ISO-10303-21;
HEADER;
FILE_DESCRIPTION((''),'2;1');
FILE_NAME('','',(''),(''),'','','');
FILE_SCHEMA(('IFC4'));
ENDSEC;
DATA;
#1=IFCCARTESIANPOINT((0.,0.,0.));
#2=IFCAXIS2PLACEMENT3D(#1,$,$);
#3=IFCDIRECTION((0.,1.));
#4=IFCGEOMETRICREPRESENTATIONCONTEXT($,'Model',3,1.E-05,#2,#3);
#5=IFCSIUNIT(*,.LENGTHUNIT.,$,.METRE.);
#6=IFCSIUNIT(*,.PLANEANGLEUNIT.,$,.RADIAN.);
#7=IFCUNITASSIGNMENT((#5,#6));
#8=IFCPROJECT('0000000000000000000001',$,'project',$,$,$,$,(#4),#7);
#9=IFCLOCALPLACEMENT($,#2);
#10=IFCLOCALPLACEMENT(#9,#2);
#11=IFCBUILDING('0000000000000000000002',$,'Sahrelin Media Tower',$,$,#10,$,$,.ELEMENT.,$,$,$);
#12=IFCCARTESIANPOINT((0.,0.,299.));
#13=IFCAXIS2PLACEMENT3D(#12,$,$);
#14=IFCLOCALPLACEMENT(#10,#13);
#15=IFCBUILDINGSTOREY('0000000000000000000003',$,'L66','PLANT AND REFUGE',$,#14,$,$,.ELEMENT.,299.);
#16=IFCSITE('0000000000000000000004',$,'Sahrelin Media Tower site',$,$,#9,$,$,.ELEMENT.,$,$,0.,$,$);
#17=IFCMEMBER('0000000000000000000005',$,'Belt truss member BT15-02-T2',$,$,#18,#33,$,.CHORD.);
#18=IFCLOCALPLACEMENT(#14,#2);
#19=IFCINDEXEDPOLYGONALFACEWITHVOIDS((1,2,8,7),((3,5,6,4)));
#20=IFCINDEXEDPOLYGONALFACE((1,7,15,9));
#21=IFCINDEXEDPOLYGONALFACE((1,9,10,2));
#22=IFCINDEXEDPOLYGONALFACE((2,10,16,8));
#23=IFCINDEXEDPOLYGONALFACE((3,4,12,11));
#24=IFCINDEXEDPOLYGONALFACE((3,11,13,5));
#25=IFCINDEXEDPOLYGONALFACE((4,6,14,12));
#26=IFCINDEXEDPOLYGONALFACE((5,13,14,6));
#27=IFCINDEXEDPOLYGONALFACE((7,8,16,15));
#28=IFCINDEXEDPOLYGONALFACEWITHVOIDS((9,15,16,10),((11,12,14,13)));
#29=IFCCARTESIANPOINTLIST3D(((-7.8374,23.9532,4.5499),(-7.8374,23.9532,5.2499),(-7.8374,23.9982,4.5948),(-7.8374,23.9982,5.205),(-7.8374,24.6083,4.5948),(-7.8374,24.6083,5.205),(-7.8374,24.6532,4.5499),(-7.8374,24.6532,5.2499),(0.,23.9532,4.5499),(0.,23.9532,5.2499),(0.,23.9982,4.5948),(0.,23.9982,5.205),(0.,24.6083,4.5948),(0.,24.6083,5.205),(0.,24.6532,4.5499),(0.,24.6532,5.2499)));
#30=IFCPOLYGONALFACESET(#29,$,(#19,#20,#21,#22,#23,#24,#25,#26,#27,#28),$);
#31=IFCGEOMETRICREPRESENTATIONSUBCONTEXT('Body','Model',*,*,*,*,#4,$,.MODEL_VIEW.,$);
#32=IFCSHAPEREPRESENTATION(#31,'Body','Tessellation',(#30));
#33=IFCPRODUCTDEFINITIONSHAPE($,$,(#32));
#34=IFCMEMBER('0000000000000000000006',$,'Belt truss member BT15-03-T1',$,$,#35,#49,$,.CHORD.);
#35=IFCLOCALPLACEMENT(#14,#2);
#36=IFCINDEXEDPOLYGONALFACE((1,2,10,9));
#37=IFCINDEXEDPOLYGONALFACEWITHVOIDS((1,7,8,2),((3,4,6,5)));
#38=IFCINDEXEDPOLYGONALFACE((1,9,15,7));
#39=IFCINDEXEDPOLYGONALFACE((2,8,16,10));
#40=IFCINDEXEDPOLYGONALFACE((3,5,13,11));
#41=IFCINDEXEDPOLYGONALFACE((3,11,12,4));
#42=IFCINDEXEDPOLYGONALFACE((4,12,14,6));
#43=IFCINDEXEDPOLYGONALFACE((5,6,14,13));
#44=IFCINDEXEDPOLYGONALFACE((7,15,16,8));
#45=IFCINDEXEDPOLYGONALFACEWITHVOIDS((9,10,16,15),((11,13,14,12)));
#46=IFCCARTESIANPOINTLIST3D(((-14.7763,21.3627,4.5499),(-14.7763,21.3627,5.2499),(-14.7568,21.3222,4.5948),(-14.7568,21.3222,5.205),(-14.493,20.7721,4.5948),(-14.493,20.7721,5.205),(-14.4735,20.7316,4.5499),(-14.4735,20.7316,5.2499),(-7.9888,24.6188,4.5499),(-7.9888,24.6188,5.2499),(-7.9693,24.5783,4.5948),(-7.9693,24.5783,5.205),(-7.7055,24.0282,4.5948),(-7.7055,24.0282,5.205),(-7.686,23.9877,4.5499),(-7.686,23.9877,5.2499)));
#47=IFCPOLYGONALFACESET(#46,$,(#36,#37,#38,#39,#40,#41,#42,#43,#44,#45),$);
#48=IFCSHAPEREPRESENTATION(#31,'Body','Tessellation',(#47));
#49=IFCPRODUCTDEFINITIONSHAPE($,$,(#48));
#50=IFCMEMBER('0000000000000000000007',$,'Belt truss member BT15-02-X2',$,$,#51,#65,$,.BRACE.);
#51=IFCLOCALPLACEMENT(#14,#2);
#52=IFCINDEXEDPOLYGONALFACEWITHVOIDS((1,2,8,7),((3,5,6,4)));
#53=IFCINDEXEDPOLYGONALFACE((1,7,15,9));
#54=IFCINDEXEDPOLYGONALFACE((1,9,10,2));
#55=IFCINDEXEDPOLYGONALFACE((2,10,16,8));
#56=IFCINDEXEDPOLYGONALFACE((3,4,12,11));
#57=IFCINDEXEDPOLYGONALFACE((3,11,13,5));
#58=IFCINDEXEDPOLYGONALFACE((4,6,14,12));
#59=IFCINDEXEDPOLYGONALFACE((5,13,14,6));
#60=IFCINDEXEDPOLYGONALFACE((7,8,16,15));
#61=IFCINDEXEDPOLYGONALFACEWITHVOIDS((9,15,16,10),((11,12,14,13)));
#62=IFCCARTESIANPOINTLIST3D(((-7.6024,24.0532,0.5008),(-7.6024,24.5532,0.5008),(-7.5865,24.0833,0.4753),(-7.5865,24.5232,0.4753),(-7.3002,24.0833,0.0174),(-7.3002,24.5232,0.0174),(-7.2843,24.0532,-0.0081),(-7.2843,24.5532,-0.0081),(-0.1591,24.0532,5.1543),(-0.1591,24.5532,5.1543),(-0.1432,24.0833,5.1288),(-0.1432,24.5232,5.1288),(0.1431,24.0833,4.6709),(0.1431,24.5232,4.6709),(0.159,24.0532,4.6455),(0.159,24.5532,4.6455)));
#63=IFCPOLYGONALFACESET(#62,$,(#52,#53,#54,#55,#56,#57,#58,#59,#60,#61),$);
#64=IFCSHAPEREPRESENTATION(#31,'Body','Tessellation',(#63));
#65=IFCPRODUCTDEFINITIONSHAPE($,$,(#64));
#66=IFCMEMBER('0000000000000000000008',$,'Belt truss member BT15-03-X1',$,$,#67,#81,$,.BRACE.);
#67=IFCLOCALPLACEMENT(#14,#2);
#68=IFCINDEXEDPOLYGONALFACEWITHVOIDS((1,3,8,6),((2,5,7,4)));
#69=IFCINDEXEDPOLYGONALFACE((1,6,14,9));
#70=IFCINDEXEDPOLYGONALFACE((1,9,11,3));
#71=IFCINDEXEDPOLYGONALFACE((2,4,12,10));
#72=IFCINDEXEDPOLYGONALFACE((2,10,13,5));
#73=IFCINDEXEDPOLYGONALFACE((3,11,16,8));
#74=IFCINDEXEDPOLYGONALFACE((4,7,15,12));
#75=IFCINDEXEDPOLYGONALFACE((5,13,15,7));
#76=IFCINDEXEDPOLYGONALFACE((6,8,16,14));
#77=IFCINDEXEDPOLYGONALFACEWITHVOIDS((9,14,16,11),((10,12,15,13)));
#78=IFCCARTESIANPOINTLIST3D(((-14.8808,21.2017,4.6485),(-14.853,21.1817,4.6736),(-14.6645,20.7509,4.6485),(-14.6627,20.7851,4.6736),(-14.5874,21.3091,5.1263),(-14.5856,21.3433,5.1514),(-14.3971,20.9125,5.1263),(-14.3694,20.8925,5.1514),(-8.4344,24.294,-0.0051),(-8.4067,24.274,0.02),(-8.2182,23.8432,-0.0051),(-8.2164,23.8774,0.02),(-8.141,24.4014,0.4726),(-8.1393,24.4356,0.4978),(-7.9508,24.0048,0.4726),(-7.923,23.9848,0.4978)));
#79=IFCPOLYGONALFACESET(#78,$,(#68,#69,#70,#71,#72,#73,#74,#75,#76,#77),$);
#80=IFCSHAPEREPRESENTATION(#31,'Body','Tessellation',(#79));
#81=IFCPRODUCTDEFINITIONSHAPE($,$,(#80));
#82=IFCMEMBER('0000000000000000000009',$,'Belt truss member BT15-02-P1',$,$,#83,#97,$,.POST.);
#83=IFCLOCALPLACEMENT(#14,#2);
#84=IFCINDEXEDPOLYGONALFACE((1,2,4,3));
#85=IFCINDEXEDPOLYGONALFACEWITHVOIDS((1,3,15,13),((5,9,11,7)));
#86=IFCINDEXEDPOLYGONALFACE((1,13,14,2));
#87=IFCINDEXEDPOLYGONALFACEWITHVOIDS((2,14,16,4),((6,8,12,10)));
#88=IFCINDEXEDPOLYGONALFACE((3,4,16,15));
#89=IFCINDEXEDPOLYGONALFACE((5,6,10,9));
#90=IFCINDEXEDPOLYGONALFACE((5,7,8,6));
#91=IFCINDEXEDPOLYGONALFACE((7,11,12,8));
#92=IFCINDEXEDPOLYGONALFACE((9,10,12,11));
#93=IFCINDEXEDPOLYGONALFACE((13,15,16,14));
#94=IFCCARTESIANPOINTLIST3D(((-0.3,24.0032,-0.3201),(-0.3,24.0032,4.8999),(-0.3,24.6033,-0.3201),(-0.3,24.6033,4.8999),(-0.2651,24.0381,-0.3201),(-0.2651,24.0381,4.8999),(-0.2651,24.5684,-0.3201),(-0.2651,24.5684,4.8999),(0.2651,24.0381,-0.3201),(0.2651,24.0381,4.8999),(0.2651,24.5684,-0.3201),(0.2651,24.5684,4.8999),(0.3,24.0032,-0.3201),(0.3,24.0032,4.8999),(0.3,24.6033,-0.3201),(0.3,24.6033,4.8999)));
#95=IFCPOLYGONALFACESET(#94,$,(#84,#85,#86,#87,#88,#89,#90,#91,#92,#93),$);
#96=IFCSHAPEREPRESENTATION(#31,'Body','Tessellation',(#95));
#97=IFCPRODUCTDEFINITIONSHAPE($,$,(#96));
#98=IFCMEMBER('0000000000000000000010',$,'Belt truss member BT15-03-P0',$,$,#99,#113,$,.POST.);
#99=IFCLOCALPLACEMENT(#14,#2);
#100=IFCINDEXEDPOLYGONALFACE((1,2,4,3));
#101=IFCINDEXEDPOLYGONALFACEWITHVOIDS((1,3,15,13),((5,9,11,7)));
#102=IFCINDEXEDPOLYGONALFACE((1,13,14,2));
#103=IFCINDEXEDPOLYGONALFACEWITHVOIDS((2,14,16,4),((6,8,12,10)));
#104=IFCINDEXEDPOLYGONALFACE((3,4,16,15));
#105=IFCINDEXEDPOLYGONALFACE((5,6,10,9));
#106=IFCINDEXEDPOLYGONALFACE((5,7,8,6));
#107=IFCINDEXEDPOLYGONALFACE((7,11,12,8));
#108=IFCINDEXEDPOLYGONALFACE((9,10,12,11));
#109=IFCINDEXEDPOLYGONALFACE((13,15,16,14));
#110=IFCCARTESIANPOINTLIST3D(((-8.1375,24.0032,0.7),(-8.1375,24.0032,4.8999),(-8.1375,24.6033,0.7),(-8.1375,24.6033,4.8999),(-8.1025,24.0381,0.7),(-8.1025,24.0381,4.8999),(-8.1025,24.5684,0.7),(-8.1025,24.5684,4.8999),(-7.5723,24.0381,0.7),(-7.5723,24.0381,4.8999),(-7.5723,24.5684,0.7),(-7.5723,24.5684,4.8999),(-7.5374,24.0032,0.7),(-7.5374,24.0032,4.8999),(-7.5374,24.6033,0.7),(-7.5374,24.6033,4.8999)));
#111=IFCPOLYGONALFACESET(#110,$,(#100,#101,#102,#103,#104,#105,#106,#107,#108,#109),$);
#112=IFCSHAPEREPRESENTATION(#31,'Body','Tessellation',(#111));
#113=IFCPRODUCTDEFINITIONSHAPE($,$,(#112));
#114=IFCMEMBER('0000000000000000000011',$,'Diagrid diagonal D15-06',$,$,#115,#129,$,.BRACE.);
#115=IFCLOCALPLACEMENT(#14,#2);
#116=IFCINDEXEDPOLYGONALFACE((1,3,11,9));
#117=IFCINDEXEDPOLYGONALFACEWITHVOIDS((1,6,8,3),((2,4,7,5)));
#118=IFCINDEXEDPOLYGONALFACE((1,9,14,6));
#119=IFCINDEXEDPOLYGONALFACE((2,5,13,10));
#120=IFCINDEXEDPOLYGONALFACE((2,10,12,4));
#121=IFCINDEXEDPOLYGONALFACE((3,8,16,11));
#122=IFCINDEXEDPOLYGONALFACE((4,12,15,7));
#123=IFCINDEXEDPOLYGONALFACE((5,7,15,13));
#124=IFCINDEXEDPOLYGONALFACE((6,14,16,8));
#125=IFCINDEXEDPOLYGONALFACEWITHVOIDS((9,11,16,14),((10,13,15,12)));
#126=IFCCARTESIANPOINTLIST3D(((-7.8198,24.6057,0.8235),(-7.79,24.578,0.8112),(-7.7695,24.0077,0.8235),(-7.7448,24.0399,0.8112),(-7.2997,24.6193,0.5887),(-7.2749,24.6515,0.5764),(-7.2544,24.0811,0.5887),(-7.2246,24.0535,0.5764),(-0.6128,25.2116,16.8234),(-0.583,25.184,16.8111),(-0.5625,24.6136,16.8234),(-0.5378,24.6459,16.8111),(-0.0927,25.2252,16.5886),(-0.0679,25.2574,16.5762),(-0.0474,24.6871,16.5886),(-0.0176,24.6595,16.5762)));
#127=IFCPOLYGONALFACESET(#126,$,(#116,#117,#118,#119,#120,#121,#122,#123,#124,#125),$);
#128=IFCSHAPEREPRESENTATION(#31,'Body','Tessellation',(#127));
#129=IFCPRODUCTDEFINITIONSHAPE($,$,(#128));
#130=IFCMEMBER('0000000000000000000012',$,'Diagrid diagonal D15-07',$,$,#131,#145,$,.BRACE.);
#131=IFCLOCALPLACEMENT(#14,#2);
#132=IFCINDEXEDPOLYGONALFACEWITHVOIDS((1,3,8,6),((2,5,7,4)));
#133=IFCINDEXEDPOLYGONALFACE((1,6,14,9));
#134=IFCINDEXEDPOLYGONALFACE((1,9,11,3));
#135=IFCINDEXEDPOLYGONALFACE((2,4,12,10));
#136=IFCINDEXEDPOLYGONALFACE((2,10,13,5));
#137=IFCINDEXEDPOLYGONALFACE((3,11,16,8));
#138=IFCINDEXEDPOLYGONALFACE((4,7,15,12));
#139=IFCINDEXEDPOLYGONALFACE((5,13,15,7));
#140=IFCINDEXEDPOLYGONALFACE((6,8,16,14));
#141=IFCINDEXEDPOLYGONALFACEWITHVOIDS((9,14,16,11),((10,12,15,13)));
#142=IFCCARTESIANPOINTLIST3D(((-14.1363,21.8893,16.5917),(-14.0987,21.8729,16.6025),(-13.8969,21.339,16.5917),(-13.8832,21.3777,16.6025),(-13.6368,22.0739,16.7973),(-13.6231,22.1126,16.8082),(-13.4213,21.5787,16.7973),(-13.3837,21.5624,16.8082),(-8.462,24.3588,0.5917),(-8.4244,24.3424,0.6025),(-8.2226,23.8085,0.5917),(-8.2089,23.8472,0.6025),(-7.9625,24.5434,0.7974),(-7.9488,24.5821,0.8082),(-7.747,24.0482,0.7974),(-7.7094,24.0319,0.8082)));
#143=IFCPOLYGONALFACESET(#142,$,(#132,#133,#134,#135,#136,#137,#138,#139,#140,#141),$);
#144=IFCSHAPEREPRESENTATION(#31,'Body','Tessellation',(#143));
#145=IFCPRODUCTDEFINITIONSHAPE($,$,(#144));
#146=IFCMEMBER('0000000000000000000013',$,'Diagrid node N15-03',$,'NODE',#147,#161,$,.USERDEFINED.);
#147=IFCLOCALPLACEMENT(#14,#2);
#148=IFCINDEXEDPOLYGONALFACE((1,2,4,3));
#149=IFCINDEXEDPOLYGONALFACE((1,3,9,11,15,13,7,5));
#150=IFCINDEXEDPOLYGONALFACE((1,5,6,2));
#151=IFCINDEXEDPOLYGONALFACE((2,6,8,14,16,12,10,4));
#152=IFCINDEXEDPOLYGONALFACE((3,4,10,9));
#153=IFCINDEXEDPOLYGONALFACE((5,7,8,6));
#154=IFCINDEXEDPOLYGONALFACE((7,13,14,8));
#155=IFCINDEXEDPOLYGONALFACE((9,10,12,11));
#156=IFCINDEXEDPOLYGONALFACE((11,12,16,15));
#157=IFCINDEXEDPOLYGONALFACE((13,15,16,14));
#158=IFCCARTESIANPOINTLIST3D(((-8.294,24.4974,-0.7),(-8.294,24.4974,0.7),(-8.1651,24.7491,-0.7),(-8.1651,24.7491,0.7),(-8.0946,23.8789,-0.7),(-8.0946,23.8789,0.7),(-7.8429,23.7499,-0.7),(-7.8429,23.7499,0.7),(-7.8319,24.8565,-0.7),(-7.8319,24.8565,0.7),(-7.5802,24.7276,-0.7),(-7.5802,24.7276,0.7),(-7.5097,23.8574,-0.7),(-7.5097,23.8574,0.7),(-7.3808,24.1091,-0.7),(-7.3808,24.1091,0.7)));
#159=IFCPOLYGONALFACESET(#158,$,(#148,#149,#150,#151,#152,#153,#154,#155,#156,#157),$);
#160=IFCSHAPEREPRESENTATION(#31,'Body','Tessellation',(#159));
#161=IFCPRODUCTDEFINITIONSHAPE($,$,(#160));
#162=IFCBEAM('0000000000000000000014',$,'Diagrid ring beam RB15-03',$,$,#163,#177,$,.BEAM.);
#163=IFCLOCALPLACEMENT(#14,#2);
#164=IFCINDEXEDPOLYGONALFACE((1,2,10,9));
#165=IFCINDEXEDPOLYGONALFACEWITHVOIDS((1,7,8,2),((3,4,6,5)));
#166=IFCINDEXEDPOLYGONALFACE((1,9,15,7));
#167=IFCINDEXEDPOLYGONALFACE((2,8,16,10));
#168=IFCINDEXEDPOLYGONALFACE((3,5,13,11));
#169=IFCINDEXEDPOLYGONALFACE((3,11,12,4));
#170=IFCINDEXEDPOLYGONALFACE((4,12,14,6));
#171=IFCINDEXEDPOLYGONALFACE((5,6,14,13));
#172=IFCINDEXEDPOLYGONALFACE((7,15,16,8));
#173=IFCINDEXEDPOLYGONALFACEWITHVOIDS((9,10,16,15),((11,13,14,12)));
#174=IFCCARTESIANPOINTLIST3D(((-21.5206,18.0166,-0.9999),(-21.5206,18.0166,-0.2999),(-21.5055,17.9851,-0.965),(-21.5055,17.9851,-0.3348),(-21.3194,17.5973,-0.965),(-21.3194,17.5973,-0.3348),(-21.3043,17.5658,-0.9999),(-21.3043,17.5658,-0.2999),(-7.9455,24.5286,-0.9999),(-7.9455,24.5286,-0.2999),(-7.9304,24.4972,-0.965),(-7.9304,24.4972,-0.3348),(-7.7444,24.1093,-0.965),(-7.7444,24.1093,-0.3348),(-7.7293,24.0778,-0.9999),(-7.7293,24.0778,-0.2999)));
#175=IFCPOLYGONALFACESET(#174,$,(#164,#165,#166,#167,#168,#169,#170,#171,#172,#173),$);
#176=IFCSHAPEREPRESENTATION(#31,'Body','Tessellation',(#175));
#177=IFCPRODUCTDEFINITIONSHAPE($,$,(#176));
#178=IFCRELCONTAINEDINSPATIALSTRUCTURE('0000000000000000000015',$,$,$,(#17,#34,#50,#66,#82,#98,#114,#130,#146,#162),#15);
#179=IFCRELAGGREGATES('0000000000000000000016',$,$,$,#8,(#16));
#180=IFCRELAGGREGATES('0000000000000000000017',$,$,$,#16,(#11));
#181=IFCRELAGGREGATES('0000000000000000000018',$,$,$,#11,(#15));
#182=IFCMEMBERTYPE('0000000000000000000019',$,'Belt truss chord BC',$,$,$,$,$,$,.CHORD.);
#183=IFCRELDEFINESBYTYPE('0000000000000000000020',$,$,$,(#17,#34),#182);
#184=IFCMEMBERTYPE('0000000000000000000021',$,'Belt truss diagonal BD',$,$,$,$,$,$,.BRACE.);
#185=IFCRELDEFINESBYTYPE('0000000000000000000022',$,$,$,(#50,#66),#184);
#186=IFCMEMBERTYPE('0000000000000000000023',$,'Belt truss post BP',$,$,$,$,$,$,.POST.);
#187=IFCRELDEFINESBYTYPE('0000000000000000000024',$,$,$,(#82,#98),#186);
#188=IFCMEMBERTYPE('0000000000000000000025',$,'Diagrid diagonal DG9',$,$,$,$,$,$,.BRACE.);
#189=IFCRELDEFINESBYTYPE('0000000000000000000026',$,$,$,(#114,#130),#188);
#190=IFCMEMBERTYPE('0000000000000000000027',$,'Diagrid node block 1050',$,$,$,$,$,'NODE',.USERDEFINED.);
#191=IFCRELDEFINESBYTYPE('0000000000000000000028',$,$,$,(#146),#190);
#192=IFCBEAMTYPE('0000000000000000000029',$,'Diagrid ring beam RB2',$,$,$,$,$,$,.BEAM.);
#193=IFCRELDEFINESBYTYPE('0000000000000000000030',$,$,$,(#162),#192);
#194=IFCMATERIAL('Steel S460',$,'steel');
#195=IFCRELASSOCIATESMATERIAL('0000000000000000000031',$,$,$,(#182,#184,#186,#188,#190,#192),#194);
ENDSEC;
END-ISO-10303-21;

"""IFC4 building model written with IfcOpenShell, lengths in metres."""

from ifc_helpers import new_model, si_unit, direction, frame, origin, origin_2d, place, context, subcontext, project, spatial, polyline, hollow_rectangle, outline, extrude, material, material_profile, profile_set, type_object, element, save


model = new_model("IFC4")

# Units and contexts
model_context = context("Model", 3, precision=1e-05, world=origin(), true_north=direction((0.0, 1.0)))
body_context = subcontext(model_context, "Body", "Model", "MODEL_VIEW")
ifc_project = project(units=[si_unit("LENGTHUNIT", "METRE"), si_unit("PLANEANGLEUNIT", "RADIAN")], contexts=[model_context])

# Site, building, storey
site_placement = place(None, origin())
site = spatial("IfcSite", under=ifc_project, at=site_placement, Name="Sahrelin Media Tower site", CompositionType="ELEMENT", RefElevation=0.0)
building_placement = place(site_placement, origin())
building = spatial("IfcBuilding", under=site, at=building_placement, Name="Sahrelin Media Tower", CompositionType="ELEMENT")
storey_placement = place(building_placement, frame((0.0, 0.0, 299.0)))
storey = spatial("IfcBuildingStorey", under=building, at=storey_placement, Name="L66", Description="PLANT AND REFUGE", CompositionType="ELEMENT", Elevation=299.0)

# Members
ifc_material_1 = material(Name="Steel S460", Category="steel")
ifc_material_profile_1 = material_profile(ifc_material_1, hollow_rectangle(XDim=0.7, YDim=0.7, WallThickness=0.0449, at=origin_2d()), Name="Belt truss chord BC")
ifc_profile_set_1 = profile_set([ifc_material_profile_1], Name="Steel S460")
member_type_1 = type_object("IfcMemberType", Name="Belt truss chord BC", PredefinedType="CHORD", material=ifc_profile_set_1)
member_1_placement = place(storey_placement, frame((0.0, 24.3032, 4.8999), z_axis=(-1.0, 0.0, 0.0), x_axis=(0.0, -1.0, 0.0)))
element("IfcMember", 1, at=member_1_placement, inside=storey, type_object=member_type_1, Name="Belt truss member BT15-02-T2", PredefinedType="CHORD", context=body_context, shape_type="SweptSolid", body=[
    extrude(hollow_rectangle(XDim=0.7, YDim=0.7, WallThickness=0.0449, at=origin_2d()), origin(), (0.0, 0.0, 1.0), 7.8374),
])
member_2_placement = place(storey_placement, frame((-7.8374, 24.3032, 4.8999), z_axis=(-0.901624, -0.432521, 0.0), x_axis=(0.432521, -0.901624, 0.0)))
element("IfcMember", 2, at=member_2_placement, inside=storey, type_object=member_type_1, Name="Belt truss member BT15-03-T1", PredefinedType="CHORD", context=body_context, shape_type="SweptSolid", body=[
    extrude(hollow_rectangle(XDim=0.7, YDim=0.7, WallThickness=0.0449, at=origin_2d()), origin(), (0.0, 0.0, 1.0), 7.5281),
])
ifc_material_profile_2 = material_profile(ifc_material_1, hollow_rectangle(XDim=0.5, YDim=0.6001, WallThickness=0.03, at=origin_2d()), Name="Belt truss diagonal BD")
ifc_profile_set_2 = profile_set([ifc_material_profile_2], Name="Steel S460")
member_type_2 = type_object("IfcMemberType", Name="Belt truss diagonal BD", PredefinedType="BRACE", material=ifc_profile_set_2)
member_3_placement = place(storey_placement, frame((-7.4434, 24.3032, 0.2463), z_axis=(0.847923, 0.0, 0.530119), x_axis=(0.0, 1.0, 0.0)))
element("IfcMember", 3, at=member_3_placement, inside=storey, type_object=member_type_2, Name="Belt truss member BT15-02-X2", PredefinedType="BRACE", context=body_context, shape_type="SweptSolid", body=[
    extrude(hollow_rectangle(XDim=0.5, YDim=0.6001, WallThickness=0.03, at=origin_2d()), origin(), (0.0, 0.0, 1.0), 8.7783),
])
member_4_placement = place(storey_placement, frame((-8.1787, 24.1394, 0.2463), z_axis=(-0.755659, -0.36249, 0.545509), x_axis=(0.432511, -0.901629, 0.0)))
element("IfcMember", 4, at=member_4_placement, inside=storey, type_object=member_type_2, Name="Belt truss member BT15-03-X1", PredefinedType="BRACE", context=body_context, shape_type="SweptSolid", body=[
    extrude(hollow_rectangle(XDim=0.5, YDim=0.6001, WallThickness=0.03, at=origin_2d()), origin(), (0.0, 0.0, 1.0), 8.5308),
])
ifc_material_profile_3 = material_profile(ifc_material_1, hollow_rectangle(XDim=0.6001, YDim=0.6001, WallThickness=0.0349, at=origin_2d()), Name="Belt truss post BP")
ifc_profile_set_3 = profile_set([ifc_material_profile_3], Name="Steel S460")
member_type_3 = type_object("IfcMemberType", Name="Belt truss post BP", PredefinedType="POST", material=ifc_profile_set_3)
member_5_placement = place(storey_placement, frame((0.0, 24.3032, -0.3201), z_axis=(0.0, 0.0, 1.0), x_axis=(1.0, 0.0, 0.0)))
element("IfcMember", 5, at=member_5_placement, inside=storey, type_object=member_type_3, Name="Belt truss member BT15-02-P1", PredefinedType="POST", context=body_context, shape_type="SweptSolid", body=[
    extrude(hollow_rectangle(XDim=0.6001, YDim=0.6001, WallThickness=0.0349, at=origin_2d()), origin(), (0.0, 0.0, 1.0), 5.22),
])
member_6_placement = place(storey_placement, frame((-7.8374, 24.3032, 0.7), z_axis=(0.0, 0.0, 1.0), x_axis=(1.0, 0.0, 0.0)))
element("IfcMember", 6, at=member_6_placement, inside=storey, type_object=member_type_3, Name="Belt truss member BT15-03-P0", PredefinedType="POST", context=body_context, shape_type="SweptSolid", body=[
    extrude(hollow_rectangle(XDim=0.6001, YDim=0.6001, WallThickness=0.0349, at=origin_2d()), origin(), (0.0, 0.0, 1.0), 4.2),
])
ifc_material_profile_4 = material_profile(ifc_material_1, hollow_rectangle(XDim=0.6001, YDim=0.6001, WallThickness=0.03, at=origin_2d()), Name="Diagrid diagonal DG9")
ifc_profile_set_4 = profile_set([ifc_material_profile_4], Name="Steel S460")
member_type_4 = type_object("IfcMemberType", Name="Diagrid diagonal DG9", PredefinedType="BRACE", material=ifc_profile_set_4)
member_7_placement = place(storey_placement, frame((-7.5222, 24.3296, 0.7), z_axis=(0.410453, 0.03451, 0.911228), x_axis=(-0.083783, 0.996484, 0.0)))
element("IfcMember", 7, at=member_7_placement, inside=storey, type_object=member_type_4, Name="Diagrid diagonal D15-06", PredefinedType="BRACE", context=body_context, shape_type="SweptSolid", body=[
    extrude(hollow_rectangle(XDim=0.6001, YDim=0.6001, WallThickness=0.03, at=origin_2d()), origin(), (0.0, 0.0, 1.0), 17.5586),
])
member_8_placement = place(storey_placement, frame((-8.0857, 24.1953, 0.7), z_axis=(-0.330766, -0.143951, 0.932669), x_axis=(0.399051, -0.916929, 0.0)))
element("IfcMember", 8, at=member_8_placement, inside=storey, type_object=member_type_4, Name="Diagrid diagonal D15-07", PredefinedType="BRACE", context=body_context, shape_type="SweptSolid", body=[
    extrude(hollow_rectangle(XDim=0.6001, YDim=0.6001, WallThickness=0.03, at=origin_2d()), origin(), (0.0, 0.0, 1.0), 17.155),
])
ifc_material_profile_5 = material_profile(ifc_material_1, outline(polyline([(0.325, -0.375), (0.5249, -0.175), (0.5249, 0.175), (0.325, 0.375), (-0.325, 0.375), (-0.5249, 0.175), (-0.5249, -0.175), (-0.325, -0.375), (0.325, -0.375)])), Name="Diagrid node block 1050")
ifc_profile_set_5 = profile_set([ifc_material_profile_5], Name="Steel S460")
member_type_5 = type_object("IfcMemberType", Name="Diagrid node block 1050", ElementType="NODE", PredefinedType="USERDEFINED", material=ifc_profile_set_5)
member_9_placement = place(storey_placement, frame((-7.8374, 24.3032, -0.7), z_axis=(0.0, 0.0, 1.0), x_axis=(-0.30692, 0.951735, 0.0)))
element("IfcMember", 9, at=member_9_placement, inside=storey, type_object=member_type_5, Name="Diagrid node N15-03", ObjectType="NODE", PredefinedType="USERDEFINED", context=body_context, shape_type="SweptSolid", body=[
    extrude(outline(polyline([(0.325, -0.375), (0.5249, -0.175), (0.5249, 0.175), (0.325, 0.375), (-0.325, 0.375), (-0.5249, 0.175), (-0.5249, -0.175), (-0.325, -0.375), (0.325, -0.375)])), origin(), (0.0, 0.0, 1.0), 1.3999),
])

# Beam
ifc_material_profile_6 = material_profile(ifc_material_1, hollow_rectangle(XDim=0.5, YDim=0.7, WallThickness=0.0349, at=origin_2d()), Name="Diagrid ring beam RB2")
ifc_profile_set_6 = profile_set([ifc_material_profile_6], Name="Steel S460")
beam_type_1 = type_object("IfcBeamType", Name="Diagrid ring beam RB2", PredefinedType="BEAM", material=ifc_profile_set_6)
beam_1_placement = place(storey_placement, frame((-7.8374, 24.3032, -0.6499), z_axis=(-0.901627, -0.432514, 0.0), x_axis=(0.432514, -0.901627, 0.0)))
element("IfcBeam", 10, at=beam_1_placement, inside=storey, type_object=beam_type_1, Name="Diagrid ring beam RB15-03", PredefinedType="BEAM", context=body_context, shape_type="SweptSolid", body=[
    extrude(hollow_rectangle(XDim=0.5, YDim=0.7, WallThickness=0.0349, at=origin_2d()), origin(), (0.0, 0.0, 1.0), 15.0562),
])

save(model, "model.ifc")
